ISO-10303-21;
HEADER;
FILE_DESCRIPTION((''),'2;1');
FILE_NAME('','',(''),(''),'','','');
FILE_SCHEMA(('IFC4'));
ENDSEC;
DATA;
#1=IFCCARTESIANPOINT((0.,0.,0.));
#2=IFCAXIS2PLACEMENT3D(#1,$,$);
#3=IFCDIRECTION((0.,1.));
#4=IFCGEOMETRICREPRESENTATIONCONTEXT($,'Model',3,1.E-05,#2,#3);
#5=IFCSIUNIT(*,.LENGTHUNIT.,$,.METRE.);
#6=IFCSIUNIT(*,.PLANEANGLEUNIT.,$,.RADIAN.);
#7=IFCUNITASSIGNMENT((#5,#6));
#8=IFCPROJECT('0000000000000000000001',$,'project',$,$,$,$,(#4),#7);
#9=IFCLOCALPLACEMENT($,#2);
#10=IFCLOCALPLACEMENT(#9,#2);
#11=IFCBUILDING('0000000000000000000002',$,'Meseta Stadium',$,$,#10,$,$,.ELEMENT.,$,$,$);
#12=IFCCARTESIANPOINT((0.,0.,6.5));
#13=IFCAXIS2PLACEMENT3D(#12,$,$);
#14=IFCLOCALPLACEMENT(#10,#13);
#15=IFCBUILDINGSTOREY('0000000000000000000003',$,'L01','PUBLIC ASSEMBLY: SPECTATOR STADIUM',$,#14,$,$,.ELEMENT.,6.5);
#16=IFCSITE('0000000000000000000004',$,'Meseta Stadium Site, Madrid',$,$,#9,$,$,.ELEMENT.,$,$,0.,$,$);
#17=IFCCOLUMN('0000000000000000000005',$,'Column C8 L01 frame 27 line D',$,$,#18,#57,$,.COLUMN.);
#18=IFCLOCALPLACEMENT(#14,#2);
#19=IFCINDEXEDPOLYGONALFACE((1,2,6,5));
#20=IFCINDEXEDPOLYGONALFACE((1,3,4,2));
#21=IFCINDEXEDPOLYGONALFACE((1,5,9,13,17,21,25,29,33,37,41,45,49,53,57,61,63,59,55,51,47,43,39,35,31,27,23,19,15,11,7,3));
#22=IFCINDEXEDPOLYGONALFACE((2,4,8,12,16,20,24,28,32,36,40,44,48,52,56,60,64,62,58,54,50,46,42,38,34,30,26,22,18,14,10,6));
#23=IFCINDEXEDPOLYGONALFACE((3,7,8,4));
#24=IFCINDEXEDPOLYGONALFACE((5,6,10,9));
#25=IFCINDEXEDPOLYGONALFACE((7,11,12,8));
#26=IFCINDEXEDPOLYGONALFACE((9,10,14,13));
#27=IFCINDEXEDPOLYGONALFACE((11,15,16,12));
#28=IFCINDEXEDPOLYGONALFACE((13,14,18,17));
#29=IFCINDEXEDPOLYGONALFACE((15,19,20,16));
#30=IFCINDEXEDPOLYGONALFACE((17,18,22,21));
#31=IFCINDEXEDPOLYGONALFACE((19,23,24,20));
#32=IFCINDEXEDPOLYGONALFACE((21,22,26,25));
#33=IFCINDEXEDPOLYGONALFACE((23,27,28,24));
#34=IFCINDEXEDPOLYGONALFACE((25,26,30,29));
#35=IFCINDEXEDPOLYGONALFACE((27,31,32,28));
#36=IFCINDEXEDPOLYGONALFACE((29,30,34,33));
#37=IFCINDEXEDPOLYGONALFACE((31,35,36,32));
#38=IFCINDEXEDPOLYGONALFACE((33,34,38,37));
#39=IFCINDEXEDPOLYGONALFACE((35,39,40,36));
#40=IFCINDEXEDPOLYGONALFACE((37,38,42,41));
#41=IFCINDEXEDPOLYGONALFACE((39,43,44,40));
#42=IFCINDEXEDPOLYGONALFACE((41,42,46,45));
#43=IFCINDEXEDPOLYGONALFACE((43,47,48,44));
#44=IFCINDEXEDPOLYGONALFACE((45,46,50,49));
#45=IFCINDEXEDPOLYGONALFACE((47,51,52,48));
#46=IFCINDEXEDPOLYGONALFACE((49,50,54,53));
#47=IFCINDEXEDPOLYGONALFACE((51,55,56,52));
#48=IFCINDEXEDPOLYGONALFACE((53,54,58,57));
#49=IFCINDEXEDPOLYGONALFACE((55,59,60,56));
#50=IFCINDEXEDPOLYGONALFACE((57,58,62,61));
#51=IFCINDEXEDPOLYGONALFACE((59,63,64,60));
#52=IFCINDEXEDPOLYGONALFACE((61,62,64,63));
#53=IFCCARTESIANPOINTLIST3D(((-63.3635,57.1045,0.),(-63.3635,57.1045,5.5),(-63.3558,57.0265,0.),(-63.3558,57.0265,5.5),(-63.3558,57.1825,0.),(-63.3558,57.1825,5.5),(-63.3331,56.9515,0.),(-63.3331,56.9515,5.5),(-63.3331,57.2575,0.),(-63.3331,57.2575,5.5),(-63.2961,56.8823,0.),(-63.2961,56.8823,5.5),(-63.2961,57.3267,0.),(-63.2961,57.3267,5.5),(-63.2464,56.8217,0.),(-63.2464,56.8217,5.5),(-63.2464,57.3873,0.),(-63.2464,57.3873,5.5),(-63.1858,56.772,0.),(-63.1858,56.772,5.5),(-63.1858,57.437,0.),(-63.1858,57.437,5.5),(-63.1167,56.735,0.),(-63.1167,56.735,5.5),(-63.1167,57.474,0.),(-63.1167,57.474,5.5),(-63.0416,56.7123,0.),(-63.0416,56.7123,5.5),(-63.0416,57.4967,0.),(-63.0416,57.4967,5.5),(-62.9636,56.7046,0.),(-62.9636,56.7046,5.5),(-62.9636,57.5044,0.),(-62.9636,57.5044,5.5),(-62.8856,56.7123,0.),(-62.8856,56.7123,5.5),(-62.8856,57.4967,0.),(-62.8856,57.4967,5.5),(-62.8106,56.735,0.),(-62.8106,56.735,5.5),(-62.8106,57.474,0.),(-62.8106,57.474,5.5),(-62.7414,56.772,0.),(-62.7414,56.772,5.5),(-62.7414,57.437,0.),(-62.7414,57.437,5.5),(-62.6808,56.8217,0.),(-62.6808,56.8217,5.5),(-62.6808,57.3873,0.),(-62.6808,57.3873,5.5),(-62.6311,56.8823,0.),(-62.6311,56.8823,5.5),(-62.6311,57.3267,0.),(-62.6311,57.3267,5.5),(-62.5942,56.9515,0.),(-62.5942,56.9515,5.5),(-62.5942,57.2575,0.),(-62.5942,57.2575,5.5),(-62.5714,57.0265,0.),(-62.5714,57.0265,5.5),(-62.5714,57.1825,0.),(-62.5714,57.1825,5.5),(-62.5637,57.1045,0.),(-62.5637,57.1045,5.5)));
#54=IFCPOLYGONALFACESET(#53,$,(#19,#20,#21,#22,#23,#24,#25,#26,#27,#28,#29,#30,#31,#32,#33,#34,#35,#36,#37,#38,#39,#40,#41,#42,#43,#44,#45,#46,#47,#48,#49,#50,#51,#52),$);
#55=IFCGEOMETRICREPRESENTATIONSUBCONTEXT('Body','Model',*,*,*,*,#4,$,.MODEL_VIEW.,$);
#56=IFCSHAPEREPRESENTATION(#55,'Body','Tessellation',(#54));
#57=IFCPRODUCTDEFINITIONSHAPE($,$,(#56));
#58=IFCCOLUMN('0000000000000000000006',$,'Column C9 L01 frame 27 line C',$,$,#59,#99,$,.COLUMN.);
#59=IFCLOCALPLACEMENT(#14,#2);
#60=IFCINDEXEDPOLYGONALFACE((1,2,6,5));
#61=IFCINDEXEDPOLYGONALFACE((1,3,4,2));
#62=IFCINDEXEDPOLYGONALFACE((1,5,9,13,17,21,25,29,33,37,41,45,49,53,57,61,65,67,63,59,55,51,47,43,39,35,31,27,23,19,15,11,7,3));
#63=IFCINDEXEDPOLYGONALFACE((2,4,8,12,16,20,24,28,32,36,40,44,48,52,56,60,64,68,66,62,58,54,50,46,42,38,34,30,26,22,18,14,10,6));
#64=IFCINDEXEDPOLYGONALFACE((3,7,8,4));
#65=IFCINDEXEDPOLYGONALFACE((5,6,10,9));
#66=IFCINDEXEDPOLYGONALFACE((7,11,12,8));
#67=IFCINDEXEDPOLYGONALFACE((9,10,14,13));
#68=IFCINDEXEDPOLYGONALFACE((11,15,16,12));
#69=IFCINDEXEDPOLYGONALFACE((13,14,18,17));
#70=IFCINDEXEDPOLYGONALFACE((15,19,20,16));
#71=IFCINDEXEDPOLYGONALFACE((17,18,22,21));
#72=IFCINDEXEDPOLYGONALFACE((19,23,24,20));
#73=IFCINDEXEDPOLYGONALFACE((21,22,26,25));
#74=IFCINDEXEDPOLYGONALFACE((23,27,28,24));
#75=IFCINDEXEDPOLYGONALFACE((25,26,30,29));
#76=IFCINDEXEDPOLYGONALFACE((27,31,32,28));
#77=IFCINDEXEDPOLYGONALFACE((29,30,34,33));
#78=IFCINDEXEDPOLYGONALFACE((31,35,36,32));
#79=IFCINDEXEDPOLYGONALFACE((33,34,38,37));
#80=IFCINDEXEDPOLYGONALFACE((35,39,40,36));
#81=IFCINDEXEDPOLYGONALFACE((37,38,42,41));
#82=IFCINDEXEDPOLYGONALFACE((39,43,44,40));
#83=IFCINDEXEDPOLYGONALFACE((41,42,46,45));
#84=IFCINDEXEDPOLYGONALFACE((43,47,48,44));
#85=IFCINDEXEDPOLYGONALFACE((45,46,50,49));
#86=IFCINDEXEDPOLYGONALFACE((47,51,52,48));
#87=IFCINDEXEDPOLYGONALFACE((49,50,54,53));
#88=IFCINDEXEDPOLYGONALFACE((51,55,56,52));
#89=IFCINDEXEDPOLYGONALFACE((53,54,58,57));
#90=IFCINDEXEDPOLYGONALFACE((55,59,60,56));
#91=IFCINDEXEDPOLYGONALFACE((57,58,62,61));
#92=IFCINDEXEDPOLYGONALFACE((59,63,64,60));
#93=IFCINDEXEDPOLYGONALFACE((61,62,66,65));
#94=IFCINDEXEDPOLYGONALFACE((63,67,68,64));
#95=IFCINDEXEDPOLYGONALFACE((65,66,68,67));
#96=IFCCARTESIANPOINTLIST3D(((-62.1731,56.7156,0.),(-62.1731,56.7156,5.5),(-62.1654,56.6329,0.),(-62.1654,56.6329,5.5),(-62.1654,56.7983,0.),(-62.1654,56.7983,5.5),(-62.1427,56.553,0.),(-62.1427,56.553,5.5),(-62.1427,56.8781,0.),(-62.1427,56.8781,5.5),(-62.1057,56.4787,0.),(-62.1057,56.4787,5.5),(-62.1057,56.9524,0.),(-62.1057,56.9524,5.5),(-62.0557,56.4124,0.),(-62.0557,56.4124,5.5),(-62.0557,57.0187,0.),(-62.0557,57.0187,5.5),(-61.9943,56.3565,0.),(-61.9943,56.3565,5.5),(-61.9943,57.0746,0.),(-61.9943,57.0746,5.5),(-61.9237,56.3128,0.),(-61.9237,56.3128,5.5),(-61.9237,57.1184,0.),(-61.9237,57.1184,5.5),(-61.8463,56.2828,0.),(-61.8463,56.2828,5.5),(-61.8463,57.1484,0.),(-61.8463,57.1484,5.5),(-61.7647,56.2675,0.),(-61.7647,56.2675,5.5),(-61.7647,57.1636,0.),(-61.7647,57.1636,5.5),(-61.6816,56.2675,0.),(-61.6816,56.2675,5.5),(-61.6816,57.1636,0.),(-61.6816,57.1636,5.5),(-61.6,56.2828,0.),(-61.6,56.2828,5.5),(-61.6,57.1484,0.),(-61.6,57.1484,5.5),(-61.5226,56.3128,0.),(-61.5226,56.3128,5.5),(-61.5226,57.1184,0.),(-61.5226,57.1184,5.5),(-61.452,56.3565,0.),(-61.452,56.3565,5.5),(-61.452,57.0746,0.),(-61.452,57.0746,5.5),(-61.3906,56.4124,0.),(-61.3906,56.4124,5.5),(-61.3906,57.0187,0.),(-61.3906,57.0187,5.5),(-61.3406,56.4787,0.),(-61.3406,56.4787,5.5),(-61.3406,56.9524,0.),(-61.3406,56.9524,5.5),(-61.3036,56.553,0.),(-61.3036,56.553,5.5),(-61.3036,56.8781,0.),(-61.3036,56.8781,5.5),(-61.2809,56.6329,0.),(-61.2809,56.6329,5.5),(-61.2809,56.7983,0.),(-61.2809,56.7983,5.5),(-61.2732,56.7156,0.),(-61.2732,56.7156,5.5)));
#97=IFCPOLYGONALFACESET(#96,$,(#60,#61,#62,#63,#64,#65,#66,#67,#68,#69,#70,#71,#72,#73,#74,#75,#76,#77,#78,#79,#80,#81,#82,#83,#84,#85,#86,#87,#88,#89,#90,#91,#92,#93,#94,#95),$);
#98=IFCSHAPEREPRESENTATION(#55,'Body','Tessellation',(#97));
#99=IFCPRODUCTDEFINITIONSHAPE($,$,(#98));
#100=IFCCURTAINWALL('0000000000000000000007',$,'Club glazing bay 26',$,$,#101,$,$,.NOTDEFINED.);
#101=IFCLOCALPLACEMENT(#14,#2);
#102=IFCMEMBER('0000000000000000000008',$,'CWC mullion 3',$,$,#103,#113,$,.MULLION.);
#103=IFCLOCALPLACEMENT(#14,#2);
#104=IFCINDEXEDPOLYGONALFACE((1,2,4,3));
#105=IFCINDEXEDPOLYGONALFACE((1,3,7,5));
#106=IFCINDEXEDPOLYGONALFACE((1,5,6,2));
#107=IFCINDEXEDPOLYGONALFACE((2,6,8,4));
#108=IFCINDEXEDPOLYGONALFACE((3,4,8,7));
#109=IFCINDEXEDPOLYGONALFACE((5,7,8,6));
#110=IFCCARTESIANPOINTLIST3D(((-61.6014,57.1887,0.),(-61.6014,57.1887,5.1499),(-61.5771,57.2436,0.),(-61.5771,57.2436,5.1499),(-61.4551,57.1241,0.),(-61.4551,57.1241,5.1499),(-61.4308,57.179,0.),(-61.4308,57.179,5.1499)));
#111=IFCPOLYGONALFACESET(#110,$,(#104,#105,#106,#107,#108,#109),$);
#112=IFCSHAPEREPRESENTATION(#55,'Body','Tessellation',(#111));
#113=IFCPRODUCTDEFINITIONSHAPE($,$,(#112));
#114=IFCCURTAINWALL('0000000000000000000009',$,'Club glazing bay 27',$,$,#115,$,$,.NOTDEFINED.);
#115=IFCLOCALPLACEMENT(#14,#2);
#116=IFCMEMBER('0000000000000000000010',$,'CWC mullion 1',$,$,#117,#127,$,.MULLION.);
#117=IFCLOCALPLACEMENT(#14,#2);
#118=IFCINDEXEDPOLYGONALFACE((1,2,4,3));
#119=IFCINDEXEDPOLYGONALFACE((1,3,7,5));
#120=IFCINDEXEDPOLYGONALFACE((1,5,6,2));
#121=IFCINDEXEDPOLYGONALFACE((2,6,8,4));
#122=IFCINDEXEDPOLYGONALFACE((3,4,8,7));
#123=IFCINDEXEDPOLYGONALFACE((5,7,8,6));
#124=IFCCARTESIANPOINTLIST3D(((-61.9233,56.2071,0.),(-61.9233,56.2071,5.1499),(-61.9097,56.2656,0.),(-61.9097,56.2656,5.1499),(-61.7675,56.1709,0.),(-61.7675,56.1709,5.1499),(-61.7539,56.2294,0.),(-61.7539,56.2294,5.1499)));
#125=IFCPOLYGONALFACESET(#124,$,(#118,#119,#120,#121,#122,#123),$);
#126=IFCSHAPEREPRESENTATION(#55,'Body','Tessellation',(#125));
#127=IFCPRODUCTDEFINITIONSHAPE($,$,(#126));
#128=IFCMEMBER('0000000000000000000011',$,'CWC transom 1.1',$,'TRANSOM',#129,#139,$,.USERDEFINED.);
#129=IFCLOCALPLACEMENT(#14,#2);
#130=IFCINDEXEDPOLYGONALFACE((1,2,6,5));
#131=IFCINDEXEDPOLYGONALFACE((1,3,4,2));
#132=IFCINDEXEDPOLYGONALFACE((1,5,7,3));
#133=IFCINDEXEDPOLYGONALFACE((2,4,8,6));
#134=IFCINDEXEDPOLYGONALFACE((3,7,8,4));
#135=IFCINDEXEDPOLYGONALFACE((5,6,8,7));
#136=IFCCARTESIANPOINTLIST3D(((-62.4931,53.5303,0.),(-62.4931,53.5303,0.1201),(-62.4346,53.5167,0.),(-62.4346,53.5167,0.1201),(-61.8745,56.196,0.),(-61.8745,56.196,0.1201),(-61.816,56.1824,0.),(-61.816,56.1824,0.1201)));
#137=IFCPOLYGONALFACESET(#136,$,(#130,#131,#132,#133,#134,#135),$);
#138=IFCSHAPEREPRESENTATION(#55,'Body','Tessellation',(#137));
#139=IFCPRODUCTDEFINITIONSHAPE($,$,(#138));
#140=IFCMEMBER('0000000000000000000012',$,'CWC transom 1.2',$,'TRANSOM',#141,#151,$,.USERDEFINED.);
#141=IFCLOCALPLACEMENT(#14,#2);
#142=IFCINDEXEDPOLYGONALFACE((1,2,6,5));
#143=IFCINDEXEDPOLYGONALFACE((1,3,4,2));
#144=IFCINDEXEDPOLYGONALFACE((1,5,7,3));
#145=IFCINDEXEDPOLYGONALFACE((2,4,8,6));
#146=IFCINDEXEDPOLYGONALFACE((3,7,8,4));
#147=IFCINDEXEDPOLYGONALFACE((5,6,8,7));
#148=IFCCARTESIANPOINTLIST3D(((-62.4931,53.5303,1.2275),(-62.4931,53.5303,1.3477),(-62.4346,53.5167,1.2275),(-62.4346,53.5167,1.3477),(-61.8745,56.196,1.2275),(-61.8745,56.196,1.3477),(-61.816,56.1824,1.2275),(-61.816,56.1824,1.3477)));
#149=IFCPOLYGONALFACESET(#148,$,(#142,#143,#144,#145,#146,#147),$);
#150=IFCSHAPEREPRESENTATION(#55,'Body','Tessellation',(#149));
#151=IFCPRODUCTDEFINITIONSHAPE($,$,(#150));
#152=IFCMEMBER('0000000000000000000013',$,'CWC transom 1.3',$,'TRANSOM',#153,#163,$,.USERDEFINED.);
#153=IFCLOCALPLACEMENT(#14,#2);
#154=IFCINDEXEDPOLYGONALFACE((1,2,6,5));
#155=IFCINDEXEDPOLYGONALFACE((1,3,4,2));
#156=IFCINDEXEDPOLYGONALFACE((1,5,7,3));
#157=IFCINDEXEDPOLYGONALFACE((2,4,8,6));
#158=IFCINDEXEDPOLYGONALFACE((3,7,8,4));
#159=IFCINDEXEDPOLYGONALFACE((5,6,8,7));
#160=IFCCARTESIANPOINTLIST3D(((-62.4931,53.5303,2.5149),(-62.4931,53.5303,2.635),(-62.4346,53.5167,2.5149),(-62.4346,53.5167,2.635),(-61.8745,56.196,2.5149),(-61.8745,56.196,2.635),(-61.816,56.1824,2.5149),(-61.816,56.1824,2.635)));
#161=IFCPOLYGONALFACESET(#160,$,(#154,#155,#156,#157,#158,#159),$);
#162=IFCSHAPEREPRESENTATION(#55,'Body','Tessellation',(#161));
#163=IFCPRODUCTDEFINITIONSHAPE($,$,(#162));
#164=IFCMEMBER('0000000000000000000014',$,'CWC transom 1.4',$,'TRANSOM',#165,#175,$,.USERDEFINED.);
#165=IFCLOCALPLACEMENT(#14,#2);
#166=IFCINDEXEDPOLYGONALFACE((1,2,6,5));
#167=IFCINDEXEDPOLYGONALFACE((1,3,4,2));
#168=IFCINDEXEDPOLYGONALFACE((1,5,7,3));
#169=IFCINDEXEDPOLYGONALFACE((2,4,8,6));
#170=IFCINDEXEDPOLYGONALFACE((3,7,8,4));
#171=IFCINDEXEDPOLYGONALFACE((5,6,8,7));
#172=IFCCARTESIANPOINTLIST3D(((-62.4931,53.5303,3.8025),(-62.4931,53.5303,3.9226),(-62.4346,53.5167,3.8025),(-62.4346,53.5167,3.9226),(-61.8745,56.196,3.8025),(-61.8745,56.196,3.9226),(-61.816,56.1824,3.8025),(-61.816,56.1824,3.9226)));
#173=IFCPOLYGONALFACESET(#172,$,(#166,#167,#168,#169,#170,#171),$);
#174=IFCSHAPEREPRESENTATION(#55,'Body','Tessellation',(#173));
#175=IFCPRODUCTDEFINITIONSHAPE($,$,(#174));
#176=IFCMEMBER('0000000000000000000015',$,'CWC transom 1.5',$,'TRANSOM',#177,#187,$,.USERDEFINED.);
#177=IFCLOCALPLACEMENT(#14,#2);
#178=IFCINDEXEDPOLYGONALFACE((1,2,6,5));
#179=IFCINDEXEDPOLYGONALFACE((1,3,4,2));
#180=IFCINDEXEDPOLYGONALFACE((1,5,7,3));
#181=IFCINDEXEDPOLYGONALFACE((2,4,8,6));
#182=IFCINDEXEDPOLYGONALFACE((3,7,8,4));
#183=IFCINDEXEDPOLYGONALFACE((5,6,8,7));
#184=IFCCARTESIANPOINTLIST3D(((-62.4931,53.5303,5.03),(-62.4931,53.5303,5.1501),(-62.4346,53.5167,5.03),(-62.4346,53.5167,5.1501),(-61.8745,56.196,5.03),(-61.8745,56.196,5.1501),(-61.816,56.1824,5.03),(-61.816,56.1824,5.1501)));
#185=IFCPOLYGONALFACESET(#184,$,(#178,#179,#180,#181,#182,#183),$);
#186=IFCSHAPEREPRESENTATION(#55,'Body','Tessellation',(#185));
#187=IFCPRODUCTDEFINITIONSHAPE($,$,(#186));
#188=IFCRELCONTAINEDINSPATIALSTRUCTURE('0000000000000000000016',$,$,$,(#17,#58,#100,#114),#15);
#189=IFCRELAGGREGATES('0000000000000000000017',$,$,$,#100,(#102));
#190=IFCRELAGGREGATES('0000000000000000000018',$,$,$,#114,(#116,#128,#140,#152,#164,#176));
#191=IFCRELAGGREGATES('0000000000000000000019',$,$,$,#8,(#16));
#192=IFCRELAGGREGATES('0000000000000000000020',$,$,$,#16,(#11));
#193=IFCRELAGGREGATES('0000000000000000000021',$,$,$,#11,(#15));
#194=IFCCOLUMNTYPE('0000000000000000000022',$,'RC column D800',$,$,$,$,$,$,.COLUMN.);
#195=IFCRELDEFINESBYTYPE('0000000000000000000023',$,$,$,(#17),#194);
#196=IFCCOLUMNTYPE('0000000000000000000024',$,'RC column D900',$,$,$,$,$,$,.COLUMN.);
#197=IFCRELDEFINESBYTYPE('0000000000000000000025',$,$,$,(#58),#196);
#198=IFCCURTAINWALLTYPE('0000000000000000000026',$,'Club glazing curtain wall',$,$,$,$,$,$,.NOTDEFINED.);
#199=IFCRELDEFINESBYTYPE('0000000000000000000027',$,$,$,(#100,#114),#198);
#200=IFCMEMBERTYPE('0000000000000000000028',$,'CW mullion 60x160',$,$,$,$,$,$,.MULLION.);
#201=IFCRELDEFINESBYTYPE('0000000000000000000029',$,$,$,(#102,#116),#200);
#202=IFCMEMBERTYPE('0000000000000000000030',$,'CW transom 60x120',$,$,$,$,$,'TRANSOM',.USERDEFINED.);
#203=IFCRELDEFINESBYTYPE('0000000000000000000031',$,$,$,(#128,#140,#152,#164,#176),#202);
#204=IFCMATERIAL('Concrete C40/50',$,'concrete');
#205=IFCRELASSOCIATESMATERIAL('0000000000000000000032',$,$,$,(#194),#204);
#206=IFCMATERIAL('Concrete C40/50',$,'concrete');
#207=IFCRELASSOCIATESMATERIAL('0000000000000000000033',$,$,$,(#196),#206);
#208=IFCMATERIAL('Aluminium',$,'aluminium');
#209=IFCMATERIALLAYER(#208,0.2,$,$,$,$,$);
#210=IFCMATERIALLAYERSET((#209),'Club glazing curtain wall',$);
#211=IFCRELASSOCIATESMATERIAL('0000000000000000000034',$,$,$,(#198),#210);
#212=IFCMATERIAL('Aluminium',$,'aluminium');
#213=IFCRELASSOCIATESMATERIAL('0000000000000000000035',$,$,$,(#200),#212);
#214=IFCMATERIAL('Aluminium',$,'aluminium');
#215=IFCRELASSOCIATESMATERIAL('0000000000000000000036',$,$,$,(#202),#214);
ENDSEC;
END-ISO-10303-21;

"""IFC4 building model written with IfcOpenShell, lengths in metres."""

from ifc_helpers import new_model, si_unit, direction, frame, origin, origin_2d, place, context, subcontext, project, spatial, rectangle, circle, extrude, material, layer, layer_set, material_profile, profile_set, type_object, element, aggregate, save


model = new_model("IFC4")

# Units and contexts
model_context = context("Model", 3, precision=1e-05, world=origin(), true_north=direction((0.0, 1.0)))
body_context = subcontext(model_context, "Body", "Model", "MODEL_VIEW")
ifc_project = project(units=[si_unit("LENGTHUNIT", "METRE"), si_unit("PLANEANGLEUNIT", "RADIAN")], contexts=[model_context])

# Site, building, storey
site_placement = place(None, origin())
site = spatial("IfcSite", under=ifc_project, at=site_placement, Name="Meseta Stadium Site, Madrid", CompositionType="ELEMENT", RefElevation=0.0)
building_placement = place(site_placement, origin())
building = spatial("IfcBuilding", under=site, at=building_placement, Name="Meseta Stadium", CompositionType="ELEMENT")
storey_placement = place(building_placement, frame((0.0, 0.0, 6.5)))
storey = spatial("IfcBuildingStorey", under=building, at=storey_placement, Name="L01", Description="PUBLIC ASSEMBLY: SPECTATOR STADIUM", CompositionType="ELEMENT", Elevation=6.5)

# Columns
ifc_material_1 = material(Name="Concrete C40/50", Category="concrete")
ifc_material_profile_1 = material_profile(ifc_material_1, circle(Radius=0.3999, at=origin_2d()), Name="RC D800")
ifc_profile_set_1 = profile_set([ifc_material_profile_1], Name="Concrete C40/50")
column_type_1 = type_object("IfcColumnType", Name="RC column D800", PredefinedType="COLUMN", material=ifc_profile_set_1)
column_1_placement = place(storey_placement, frame((-62.9636, 57.1045, 0.0), z_axis=(0.0, 0.0, 1.0), x_axis=(1.0, 0.0, 0.0)))
element("IfcColumn", 1, at=column_1_placement, inside=storey, type_object=column_type_1, Name="Column C8 L01 frame 27 line D", PredefinedType="COLUMN", context=body_context, shape_type="SweptSolid", body=[
    extrude(circle(Radius=0.3999, at=origin_2d()), origin(), (0.0, 0.0, 1.0), 5.5),
])
ifc_material_2 = material(Name="Concrete C40/50", Category="concrete")
ifc_material_profile_2 = material_profile(ifc_material_2, circle(Radius=0.45, at=origin_2d()), Name="RC D900")
ifc_profile_set_2 = profile_set([ifc_material_profile_2], Name="Concrete C40/50")
column_type_2 = type_object("IfcColumnType", Name="RC column D900", PredefinedType="COLUMN", material=ifc_profile_set_2)
column_2_placement = place(storey_placement, frame((-61.7231, 56.7156, 0.0), z_axis=(0.0, 0.0, 1.0), x_axis=(1.0, 0.0, 0.0)))
element("IfcColumn", 2, at=column_2_placement, inside=storey, type_object=column_type_2, Name="Column C9 L01 frame 27 line C", PredefinedType="COLUMN", context=body_context, shape_type="SweptSolid", body=[
    extrude(circle(Radius=0.45, at=origin_2d()), origin(), (0.0, 0.0, 1.0), 5.5),
])

# Curtain wall, member
ifc_material_3 = material(Name="Aluminium", Category="aluminium")
ifc_layer_1 = layer(ifc_material_3, 0.2)
ifc_layer_set_1 = layer_set([ifc_layer_1], Name="Club glazing curtain wall")
curtain_wall_type = type_object("IfcCurtainWallType", Name="Club glazing curtain wall", PredefinedType="NOTDEFINED", material=ifc_layer_set_1)
curtain_wall_1_placement = place(storey_placement, origin())
curtain_wall_1 = element("IfcCurtainWall", 3, at=curtain_wall_1_placement, inside=storey, type_object=curtain_wall_type, Name="Club glazing bay 26", PredefinedType="NOTDEFINED")
ifc_material_4 = material(Name="Aluminium", Category="aluminium")
ifc_material_profile_3 = material_profile(ifc_material_4, rectangle(XDim=0.1599, YDim=0.0601, at=origin_2d()), Name="CW 160x60")
ifc_profile_set_3 = profile_set([ifc_material_profile_3], Name="Aluminium")
member_type_1 = type_object("IfcMemberType", Name="CW mullion 60x160", PredefinedType="MULLION", material=ifc_profile_set_3)
member_1_placement = place(storey_placement, frame((-61.5161, 57.1838, 0.0), z_axis=(0.0, 0.0, 1.0), x_axis=(0.914657, -0.40423, 0.0)))
member_1 = element("IfcMember", 4, at=member_1_placement, type_object=member_type_1, Name="CWC mullion 3", PredefinedType="MULLION", context=body_context, shape_type="SweptSolid", body=[
    extrude(rectangle(XDim=0.1599, YDim=0.0601, at=origin_2d()), origin(), (0.0, 0.0, 1.0), 5.1499),
])

# Curtain wall, members
curtain_wall_2_placement = place(storey_placement, origin())
curtain_wall_2 = element("IfcCurtainWall", 5, at=curtain_wall_2_placement, inside=storey, type_object=curtain_wall_type, Name="Club glazing bay 27", PredefinedType="NOTDEFINED")
member_2_placement = place(storey_placement, frame((-61.8386, 56.2183, 0.0), z_axis=(0.0, 0.0, 1.0), x_axis=(0.974116, -0.226048, 0.0)))
member_2 = element("IfcMember", 6, at=member_2_placement, type_object=member_type_1, Name="CWC mullion 1", PredefinedType="MULLION", context=body_context, shape_type="SweptSolid", body=[
    extrude(rectangle(XDim=0.1599, YDim=0.0601, at=origin_2d()), origin(), (0.0, 0.0, 1.0), 5.1499),
])
ifc_material_5 = material(Name="Aluminium", Category="aluminium")
ifc_material_profile_4 = material_profile(ifc_material_5, rectangle(XDim=0.0601, YDim=0.1201, at=origin_2d()), Name="CW 60x120")
ifc_profile_set_4 = profile_set([ifc_material_profile_4], Name="Aluminium")
member_type_2 = type_object("IfcMemberType", Name="CW transom 60x120", ElementType="TRANSOM", PredefinedType="USERDEFINED", material=ifc_profile_set_4)
member_3_placement = place(storey_placement, frame((-61.8452, 56.1892, 0.0601), z_axis=(-0.226065, -0.974112, 0.0), x_axis=(0.974112, -0.226065, 0.0)))
member_3 = element("IfcMember", 7, at=member_3_placement, type_object=member_type_2, Name="CWC transom 1.1", ObjectType="TRANSOM", PredefinedType="USERDEFINED", context=body_context, shape_type="SweptSolid", body=[
    extrude(rectangle(XDim=0.0601, YDim=0.1201, at=origin_2d()), origin(), (0.0, 0.0, 1.0), 2.7366),
])
member_4_placement = place(storey_placement, frame((-61.8452, 56.1892, 1.2876), z_axis=(-0.226065, -0.974112, 0.0), x_axis=(0.974112, -0.226065, 0.0)))
member_4 = element("IfcMember", 8, at=member_4_placement, type_object=member_type_2, Name="CWC transom 1.2", ObjectType="TRANSOM", PredefinedType="USERDEFINED", context=body_context, shape_type="SweptSolid", body=[
    extrude(rectangle(XDim=0.0601, YDim=0.1201, at=origin_2d()), origin(), (0.0, 0.0, 1.0), 2.7366),
])
member_5_placement = place(storey_placement, frame((-61.8452, 56.1892, 2.575), z_axis=(-0.226065, -0.974112, 0.0), x_axis=(0.974112, -0.226065, 0.0)))
member_5 = element("IfcMember", 9, at=member_5_placement, type_object=member_type_2, Name="CWC transom 1.3", ObjectType="TRANSOM", PredefinedType="USERDEFINED", context=body_context, shape_type="SweptSolid", body=[
    extrude(rectangle(XDim=0.0601, YDim=0.1201, at=origin_2d()), origin(), (0.0, 0.0, 1.0), 2.7366),
])
member_6_placement = place(storey_placement, frame((-61.8452, 56.1892, 3.8625), z_axis=(-0.226065, -0.974112, 0.0), x_axis=(0.974112, -0.226065, 0.0)))
member_6 = element("IfcMember", 10, at=member_6_placement, type_object=member_type_2, Name="CWC transom 1.4", ObjectType="TRANSOM", PredefinedType="USERDEFINED", context=body_context, shape_type="SweptSolid", body=[
    extrude(rectangle(XDim=0.0601, YDim=0.1201, at=origin_2d()), origin(), (0.0, 0.0, 1.0), 2.7366),
])
member_7_placement = place(storey_placement, frame((-61.8452, 56.1892, 5.0901), z_axis=(-0.226065, -0.974112, 0.0), x_axis=(0.974112, -0.226065, 0.0)))
member_7 = element("IfcMember", 11, at=member_7_placement, type_object=member_type_2, Name="CWC transom 1.5", ObjectType="TRANSOM", PredefinedType="USERDEFINED", context=body_context, shape_type="SweptSolid", body=[
    extrude(rectangle(XDim=0.0601, YDim=0.1201, at=origin_2d()), origin(), (0.0, 0.0, 1.0), 2.7366),
])

aggregate(curtain_wall_1, [member_1])
aggregate(curtain_wall_2, [member_2, member_3, member_4, member_5, member_6, member_7])

save(model, "model.ifc")
